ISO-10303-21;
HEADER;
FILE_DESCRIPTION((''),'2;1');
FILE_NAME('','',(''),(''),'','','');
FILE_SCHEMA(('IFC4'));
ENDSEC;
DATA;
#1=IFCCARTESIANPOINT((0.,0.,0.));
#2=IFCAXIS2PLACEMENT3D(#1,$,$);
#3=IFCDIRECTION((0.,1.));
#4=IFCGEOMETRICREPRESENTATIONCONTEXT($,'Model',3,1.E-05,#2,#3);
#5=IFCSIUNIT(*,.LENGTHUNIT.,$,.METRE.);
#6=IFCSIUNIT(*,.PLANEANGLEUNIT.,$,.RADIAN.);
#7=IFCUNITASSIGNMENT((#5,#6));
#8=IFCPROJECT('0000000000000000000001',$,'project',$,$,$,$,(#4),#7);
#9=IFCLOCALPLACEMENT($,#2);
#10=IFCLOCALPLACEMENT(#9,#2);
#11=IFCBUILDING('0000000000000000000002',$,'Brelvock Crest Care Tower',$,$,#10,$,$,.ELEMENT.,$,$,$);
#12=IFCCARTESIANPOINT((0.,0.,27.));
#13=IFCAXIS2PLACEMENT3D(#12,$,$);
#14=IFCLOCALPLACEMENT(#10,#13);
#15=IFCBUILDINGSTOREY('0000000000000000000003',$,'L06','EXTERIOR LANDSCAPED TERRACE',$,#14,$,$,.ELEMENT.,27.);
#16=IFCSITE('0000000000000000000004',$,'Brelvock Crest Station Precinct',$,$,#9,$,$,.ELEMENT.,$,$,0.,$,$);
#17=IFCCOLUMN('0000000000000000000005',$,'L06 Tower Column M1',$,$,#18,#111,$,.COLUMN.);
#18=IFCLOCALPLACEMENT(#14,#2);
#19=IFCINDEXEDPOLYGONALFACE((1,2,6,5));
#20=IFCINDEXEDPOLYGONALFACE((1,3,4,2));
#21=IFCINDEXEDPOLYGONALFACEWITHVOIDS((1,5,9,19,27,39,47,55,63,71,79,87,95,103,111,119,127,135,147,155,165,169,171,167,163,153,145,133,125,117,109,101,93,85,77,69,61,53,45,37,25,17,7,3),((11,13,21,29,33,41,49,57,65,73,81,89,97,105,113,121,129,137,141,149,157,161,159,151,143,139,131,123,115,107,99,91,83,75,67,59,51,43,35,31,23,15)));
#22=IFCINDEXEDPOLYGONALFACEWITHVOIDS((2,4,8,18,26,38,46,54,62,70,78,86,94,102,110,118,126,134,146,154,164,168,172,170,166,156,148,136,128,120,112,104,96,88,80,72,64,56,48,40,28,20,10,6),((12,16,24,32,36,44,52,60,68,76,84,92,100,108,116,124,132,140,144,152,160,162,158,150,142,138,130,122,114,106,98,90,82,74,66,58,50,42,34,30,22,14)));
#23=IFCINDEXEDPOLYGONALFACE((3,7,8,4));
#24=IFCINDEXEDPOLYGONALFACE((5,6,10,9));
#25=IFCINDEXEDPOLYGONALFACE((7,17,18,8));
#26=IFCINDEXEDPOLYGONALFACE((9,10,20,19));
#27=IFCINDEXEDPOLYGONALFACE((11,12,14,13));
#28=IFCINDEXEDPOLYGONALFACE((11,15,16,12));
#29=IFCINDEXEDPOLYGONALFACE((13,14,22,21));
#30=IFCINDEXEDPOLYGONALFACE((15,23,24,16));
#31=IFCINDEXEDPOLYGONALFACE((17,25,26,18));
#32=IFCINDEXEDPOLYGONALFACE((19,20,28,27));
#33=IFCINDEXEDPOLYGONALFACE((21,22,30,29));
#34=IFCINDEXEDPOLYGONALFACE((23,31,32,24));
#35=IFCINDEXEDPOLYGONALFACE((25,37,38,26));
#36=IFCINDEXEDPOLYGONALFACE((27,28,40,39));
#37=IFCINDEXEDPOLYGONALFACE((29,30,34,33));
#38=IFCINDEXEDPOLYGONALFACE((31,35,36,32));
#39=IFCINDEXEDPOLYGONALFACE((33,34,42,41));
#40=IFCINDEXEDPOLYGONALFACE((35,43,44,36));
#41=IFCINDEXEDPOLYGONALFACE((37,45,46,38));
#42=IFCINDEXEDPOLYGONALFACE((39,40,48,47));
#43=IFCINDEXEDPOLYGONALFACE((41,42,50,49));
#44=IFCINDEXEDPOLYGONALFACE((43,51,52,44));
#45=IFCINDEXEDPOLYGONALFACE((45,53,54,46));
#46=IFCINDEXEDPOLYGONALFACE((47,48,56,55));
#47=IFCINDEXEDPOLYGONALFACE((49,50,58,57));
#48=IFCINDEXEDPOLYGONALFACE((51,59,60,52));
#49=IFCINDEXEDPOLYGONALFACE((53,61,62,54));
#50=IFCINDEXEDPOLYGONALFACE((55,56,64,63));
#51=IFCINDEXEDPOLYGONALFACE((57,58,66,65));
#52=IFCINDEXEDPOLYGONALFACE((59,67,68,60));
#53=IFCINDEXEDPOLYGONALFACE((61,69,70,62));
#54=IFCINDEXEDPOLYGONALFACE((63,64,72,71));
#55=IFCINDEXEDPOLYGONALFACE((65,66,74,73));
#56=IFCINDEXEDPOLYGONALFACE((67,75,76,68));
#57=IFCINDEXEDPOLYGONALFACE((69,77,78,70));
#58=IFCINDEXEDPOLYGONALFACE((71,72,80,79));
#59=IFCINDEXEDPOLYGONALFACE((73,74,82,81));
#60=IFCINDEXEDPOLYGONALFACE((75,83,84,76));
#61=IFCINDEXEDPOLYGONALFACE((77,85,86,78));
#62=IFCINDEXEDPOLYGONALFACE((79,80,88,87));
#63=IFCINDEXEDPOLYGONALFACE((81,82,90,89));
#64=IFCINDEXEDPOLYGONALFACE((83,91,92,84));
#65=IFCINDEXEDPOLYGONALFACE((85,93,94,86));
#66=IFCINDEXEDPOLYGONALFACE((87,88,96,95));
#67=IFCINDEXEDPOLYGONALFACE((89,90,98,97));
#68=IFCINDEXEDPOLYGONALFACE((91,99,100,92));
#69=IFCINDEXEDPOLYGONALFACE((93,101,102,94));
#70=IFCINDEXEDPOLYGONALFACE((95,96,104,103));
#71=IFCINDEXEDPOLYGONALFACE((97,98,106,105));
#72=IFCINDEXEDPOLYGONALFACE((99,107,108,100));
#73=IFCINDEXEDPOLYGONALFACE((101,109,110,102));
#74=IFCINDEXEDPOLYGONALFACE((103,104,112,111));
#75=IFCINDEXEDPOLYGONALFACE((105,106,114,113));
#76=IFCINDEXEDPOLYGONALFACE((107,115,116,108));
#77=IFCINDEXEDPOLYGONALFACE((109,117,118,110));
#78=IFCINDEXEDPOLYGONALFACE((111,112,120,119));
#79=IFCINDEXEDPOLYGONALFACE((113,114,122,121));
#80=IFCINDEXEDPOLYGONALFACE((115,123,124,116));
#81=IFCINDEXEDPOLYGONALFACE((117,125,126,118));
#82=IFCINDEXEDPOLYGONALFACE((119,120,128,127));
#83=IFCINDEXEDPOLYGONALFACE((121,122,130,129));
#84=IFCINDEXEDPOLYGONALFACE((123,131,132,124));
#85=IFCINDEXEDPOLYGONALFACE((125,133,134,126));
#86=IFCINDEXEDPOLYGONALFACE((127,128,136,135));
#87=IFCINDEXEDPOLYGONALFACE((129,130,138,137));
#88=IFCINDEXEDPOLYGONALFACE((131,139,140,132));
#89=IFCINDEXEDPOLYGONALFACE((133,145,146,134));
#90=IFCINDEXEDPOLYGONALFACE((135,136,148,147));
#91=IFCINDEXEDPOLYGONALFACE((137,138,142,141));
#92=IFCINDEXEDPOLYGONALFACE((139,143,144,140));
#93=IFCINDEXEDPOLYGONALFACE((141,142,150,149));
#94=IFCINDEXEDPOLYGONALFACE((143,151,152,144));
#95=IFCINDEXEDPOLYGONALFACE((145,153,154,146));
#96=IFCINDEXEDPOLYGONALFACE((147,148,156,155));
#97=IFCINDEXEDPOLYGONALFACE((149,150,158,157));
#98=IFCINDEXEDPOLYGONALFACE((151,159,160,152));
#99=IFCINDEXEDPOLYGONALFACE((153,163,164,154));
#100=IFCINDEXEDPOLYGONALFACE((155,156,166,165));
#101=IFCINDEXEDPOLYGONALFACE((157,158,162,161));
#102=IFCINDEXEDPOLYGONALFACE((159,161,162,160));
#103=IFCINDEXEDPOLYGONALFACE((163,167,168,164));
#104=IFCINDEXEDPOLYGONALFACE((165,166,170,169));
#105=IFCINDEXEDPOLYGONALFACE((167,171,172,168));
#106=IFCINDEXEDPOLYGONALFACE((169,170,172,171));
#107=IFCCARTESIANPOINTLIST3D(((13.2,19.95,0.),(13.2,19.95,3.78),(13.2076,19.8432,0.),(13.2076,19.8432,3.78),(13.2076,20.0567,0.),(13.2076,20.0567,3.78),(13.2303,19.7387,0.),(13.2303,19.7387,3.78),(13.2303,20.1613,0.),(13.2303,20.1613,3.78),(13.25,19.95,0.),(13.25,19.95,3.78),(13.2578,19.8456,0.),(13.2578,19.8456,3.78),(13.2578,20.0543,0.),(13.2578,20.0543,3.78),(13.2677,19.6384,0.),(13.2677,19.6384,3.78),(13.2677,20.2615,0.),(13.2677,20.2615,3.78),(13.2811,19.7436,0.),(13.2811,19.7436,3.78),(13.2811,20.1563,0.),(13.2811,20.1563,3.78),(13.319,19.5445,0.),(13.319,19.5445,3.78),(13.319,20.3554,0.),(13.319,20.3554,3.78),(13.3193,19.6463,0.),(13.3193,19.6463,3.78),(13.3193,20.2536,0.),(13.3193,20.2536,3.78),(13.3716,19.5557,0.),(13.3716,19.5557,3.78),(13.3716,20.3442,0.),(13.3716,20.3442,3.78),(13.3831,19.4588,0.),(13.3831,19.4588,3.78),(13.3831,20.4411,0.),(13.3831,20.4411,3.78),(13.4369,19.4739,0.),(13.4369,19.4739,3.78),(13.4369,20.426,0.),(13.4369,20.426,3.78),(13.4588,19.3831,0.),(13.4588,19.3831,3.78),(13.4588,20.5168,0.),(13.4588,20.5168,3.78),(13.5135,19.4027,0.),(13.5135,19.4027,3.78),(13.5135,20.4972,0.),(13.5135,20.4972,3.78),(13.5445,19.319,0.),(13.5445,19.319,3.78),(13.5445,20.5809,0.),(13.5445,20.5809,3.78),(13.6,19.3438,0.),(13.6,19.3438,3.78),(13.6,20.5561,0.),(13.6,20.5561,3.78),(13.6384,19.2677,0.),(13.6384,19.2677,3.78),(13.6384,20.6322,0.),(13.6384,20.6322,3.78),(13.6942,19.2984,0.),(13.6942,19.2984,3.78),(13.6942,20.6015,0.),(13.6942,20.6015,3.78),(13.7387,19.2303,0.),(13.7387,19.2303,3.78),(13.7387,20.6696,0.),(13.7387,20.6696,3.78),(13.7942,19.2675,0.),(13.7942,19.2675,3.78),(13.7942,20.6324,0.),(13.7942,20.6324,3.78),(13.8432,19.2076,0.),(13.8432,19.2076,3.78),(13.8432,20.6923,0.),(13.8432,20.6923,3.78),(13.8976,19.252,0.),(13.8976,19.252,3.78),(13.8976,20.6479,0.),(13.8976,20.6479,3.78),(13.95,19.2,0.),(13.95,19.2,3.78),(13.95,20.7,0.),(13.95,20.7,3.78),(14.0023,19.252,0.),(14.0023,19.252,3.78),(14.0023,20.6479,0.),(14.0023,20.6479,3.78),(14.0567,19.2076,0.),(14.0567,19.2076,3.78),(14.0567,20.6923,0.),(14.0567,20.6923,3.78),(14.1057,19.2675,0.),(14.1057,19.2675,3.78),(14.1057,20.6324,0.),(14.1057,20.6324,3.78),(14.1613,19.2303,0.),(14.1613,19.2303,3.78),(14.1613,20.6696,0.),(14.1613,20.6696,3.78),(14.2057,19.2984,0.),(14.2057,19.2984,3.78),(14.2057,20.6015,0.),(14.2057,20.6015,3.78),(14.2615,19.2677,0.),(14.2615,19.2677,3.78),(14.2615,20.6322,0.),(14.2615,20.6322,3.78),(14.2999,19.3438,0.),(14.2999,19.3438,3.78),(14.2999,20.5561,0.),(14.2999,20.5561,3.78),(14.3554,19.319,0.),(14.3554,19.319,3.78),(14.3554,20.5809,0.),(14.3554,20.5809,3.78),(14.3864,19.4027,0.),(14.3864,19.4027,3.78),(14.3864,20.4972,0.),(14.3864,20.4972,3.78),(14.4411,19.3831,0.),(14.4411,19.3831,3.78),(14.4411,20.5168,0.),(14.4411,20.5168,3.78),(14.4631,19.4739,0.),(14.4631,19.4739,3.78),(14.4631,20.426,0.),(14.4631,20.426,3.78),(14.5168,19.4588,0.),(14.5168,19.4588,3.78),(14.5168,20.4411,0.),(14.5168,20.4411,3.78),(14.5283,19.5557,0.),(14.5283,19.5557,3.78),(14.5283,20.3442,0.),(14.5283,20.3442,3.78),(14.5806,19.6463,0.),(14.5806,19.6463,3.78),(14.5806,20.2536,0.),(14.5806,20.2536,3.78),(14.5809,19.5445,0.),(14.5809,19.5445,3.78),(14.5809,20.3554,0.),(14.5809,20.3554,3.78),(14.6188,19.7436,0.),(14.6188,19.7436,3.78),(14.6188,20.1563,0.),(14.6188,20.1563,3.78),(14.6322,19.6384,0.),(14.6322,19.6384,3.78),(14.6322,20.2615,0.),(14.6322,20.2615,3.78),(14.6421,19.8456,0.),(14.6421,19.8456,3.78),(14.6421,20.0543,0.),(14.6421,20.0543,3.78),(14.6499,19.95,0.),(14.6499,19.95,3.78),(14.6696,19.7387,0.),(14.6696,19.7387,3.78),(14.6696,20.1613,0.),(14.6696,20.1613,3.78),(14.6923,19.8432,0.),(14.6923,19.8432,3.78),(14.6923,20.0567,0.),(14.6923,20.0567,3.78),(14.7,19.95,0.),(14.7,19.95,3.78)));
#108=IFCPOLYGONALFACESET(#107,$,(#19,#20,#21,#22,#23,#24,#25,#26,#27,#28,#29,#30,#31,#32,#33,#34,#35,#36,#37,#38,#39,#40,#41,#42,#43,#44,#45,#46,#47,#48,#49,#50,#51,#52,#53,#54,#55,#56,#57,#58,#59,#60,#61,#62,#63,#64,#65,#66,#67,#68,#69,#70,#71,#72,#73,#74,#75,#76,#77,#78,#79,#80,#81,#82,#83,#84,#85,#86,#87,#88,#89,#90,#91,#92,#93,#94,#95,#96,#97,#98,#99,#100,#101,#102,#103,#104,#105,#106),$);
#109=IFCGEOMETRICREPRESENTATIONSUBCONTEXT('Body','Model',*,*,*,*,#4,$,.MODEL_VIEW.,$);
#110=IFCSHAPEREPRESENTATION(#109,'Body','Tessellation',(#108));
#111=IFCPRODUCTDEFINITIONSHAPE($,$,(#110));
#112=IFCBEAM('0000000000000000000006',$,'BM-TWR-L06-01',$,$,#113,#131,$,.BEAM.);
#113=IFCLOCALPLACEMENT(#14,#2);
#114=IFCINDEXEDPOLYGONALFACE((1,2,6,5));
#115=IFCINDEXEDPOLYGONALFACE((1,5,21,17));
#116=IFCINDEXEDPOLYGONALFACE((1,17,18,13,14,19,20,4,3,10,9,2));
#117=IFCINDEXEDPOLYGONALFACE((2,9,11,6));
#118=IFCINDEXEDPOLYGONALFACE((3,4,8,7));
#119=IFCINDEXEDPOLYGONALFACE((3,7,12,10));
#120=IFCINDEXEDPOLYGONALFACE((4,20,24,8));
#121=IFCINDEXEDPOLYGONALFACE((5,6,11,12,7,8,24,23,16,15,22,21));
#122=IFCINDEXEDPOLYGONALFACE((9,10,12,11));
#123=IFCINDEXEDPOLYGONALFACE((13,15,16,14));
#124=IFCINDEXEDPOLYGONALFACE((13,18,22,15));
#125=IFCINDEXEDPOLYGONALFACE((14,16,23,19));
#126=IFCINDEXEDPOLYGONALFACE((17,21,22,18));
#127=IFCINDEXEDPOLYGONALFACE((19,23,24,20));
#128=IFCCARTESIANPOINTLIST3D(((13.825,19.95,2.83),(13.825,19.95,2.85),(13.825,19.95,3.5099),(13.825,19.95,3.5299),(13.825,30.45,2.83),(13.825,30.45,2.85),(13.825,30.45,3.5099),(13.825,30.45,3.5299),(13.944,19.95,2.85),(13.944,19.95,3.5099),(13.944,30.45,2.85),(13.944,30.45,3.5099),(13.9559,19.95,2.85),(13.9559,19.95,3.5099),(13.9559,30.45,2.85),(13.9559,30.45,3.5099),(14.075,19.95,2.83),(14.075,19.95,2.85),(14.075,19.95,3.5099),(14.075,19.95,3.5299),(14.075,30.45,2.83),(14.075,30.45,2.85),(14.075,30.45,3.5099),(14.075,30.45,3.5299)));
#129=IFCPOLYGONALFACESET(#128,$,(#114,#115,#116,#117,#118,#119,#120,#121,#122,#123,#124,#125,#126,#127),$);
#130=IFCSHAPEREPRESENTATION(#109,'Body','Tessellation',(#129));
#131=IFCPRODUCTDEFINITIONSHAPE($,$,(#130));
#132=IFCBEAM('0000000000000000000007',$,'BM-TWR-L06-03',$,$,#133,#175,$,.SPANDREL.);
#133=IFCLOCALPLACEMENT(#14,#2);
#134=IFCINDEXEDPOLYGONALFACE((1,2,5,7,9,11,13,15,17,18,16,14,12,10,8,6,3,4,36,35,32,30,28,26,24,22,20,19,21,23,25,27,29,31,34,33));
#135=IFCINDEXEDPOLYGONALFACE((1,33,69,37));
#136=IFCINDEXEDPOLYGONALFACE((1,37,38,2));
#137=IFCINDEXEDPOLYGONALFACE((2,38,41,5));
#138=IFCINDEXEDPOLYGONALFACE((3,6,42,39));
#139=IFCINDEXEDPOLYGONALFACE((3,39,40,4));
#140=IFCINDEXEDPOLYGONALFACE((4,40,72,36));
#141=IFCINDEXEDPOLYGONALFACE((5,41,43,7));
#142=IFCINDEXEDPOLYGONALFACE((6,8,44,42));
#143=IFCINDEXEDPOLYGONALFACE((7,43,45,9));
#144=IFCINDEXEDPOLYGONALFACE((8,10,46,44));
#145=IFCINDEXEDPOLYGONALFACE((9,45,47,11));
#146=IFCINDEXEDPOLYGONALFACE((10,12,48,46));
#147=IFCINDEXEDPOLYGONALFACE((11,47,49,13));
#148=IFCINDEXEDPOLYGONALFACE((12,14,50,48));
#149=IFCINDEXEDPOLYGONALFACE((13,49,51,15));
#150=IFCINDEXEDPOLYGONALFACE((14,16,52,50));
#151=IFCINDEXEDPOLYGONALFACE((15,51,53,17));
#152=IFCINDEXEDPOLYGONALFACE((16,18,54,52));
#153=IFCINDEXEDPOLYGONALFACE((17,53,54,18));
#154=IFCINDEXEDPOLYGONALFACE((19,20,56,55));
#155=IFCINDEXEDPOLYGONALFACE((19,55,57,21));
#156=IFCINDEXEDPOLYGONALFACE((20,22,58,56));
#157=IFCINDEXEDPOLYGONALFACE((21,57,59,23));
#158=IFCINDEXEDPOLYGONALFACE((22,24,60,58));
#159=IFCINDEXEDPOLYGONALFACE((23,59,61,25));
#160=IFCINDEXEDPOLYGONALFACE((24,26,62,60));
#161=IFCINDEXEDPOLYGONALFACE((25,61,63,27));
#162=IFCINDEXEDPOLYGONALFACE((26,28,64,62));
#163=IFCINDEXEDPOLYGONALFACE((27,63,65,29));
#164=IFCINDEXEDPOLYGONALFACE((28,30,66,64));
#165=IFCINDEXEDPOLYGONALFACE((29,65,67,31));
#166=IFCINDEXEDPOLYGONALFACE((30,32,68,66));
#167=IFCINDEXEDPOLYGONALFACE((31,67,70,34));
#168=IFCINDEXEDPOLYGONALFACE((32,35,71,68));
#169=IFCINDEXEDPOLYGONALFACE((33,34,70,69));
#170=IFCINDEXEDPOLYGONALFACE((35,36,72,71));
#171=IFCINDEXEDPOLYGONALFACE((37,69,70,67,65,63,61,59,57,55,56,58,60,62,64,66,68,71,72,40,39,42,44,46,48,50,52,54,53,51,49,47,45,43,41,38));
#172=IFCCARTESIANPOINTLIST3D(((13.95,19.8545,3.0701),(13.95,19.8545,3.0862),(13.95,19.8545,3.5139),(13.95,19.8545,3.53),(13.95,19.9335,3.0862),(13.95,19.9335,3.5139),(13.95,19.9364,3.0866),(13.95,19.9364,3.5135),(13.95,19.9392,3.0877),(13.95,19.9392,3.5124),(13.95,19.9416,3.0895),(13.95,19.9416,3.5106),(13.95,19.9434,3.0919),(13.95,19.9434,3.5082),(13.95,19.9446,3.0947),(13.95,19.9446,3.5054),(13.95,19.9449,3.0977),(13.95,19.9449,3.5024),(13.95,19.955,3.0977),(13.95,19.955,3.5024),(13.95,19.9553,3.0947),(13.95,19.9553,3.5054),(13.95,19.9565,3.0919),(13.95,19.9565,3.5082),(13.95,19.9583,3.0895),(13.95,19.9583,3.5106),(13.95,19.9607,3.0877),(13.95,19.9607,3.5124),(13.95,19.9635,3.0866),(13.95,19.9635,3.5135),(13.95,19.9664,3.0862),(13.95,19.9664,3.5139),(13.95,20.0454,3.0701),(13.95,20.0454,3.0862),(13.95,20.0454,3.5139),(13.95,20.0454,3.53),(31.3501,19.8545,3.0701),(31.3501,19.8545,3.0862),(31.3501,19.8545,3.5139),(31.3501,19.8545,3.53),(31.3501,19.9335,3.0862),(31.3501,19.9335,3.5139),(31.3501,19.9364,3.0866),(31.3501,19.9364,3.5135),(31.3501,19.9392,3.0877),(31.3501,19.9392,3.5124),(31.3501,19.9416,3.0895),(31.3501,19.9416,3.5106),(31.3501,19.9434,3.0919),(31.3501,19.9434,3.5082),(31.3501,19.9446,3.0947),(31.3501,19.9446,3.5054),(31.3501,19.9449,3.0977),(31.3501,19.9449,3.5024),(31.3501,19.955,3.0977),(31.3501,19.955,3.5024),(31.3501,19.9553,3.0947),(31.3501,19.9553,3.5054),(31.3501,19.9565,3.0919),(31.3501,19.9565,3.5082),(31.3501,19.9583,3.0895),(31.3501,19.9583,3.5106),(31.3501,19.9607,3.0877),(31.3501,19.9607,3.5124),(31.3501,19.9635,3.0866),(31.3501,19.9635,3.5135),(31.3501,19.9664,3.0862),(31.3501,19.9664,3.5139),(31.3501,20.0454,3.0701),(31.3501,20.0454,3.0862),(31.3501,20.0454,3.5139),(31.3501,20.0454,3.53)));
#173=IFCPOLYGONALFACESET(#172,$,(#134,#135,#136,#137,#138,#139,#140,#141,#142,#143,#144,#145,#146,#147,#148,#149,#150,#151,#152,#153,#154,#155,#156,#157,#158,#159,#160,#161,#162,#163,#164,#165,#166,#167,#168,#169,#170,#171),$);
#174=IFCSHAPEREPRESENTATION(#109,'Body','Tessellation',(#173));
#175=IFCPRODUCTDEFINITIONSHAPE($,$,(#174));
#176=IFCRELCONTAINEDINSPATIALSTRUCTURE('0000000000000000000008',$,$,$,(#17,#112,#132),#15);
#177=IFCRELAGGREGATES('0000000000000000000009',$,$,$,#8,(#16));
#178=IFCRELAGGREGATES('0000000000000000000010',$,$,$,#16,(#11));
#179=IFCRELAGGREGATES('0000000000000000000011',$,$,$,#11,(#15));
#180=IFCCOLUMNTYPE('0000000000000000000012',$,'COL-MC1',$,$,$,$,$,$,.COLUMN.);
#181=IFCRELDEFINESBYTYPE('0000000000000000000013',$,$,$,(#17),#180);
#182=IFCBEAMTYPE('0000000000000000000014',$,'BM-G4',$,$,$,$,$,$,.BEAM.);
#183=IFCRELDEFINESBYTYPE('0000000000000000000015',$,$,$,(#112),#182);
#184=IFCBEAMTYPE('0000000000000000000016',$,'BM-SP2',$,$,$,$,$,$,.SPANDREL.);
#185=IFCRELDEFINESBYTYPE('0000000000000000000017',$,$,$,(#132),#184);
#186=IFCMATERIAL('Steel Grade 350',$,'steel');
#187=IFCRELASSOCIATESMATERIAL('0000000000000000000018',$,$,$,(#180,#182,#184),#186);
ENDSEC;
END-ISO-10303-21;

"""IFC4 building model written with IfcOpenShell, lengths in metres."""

from ifc_helpers import new_model, si_unit, direction, frame, origin, origin_2d, place, context, subcontext, project, spatial, hollow_circle, i_section, extrude, source, transform, mapped, material, material_profile, profile_set, type_object, element, save


model = new_model("IFC4")

# Units and contexts
model_context = context("Model", 3, precision=1e-05, world=origin(), true_north=direction((0.0, 1.0)))
body_context = subcontext(model_context, "Body", "Model", "MODEL_VIEW")
ifc_project = project(units=[si_unit("LENGTHUNIT", "METRE"), si_unit("PLANEANGLEUNIT", "RADIAN")], contexts=[model_context])

# Site, building, storey
site_placement = place(None, origin())
site = spatial("IfcSite", under=ifc_project, at=site_placement, Name="Brelvock Crest Station Precinct", CompositionType="ELEMENT", RefElevation=0.0)
building_placement = place(site_placement, origin())
building = spatial("IfcBuilding", under=site, at=building_placement, Name="Brelvock Crest Care Tower", CompositionType="ELEMENT")
storey_placement = place(building_placement, frame((0.0, 0.0, 27.0)))
storey = spatial("IfcBuildingStorey", under=building, at=storey_placement, Name="L06", Description="EXTERIOR LANDSCAPED TERRACE", CompositionType="ELEMENT", Elevation=27.0)

# Column
ifc_material_1 = material(Name="Steel Grade 350", Category="steel")
ifc_material_profile_1 = material_profile(ifc_material_1, hollow_circle(Radius=0.75, WallThickness=0.05, at=origin_2d()), Name="CFT1500x50")
ifc_profile_set_1 = profile_set([ifc_material_profile_1], Name="Steel Grade 350")
column_type = type_object("IfcColumnType", Name="COL-MC1", PredefinedType="COLUMN", material=ifc_profile_set_1)
shared_shape_1 = source(origin(), body_context, "Body", "SweptSolid", [
    extrude(hollow_circle(Radius=0.75, WallThickness=0.05, at=origin_2d()), origin(), (0.0, 0.0, 1.0), 3.78),
])
column_placement = place(storey_placement, frame((13.95, 19.95, 0.0), z_axis=(0.0, 0.0, 1.0), x_axis=(1.0, 0.0, 0.0)))
element("IfcColumn", 1, at=column_placement, inside=storey, type_object=column_type, Name="L06 Tower Column M1", PredefinedType="COLUMN", context=body_context, shape_type="MappedRepresentation", body=[
    mapped(shared_shape_1, transform((0.0, 0.0, 0.0), x_axis=(1.0, 0.0, 0.0), y_axis=(0.0, 1.0, 0.0), z_axis=(0.0, 0.0, 1.0), scale=1.0)),
])

# Beams
ifc_material_profile_2 = material_profile(ifc_material_1, i_section(OverallWidth=0.25, OverallDepth=0.7, WebThickness=0.012, FlangeThickness=0.02, at=origin_2d()), Name="700WB150")
ifc_profile_set_2 = profile_set([ifc_material_profile_2], Name="Steel Grade 350")
beam_type_1 = type_object("IfcBeamType", Name="BM-G4", PredefinedType="BEAM", material=ifc_profile_set_2)
shared_shape_2 = source(origin(), body_context, "Body", "SweptSolid", [
    extrude(i_section(OverallWidth=0.25, OverallDepth=0.7, WebThickness=0.012, FlangeThickness=0.02, at=origin_2d()), origin(), (0.0, 0.0, 1.0), 10.5),
])
beam_1_placement = place(storey_placement, frame((13.95, 19.95, 3.1799), z_axis=(0.0, 1.0, 0.0), x_axis=(-1.0, 0.0, 0.0)))
element("IfcBeam", 2, at=beam_1_placement, inside=storey, type_object=beam_type_1, Name="BM-TWR-L06-01", PredefinedType="BEAM", context=body_context, shape_type="MappedRepresentation", body=[
    mapped(shared_shape_2, transform((0.0, 0.0, 0.0), x_axis=(1.0, 0.0, 0.0), y_axis=(0.0, 1.0, 0.0), z_axis=(0.0, 0.0, 1.0), scale=1.0)),
])
ifc_material_profile_3 = material_profile(ifc_material_1, i_section(OverallWidth=0.1909, OverallDepth=0.46, WebThickness=0.01, FlangeThickness=0.0161, FilletRadius=0.0115, at=origin_2d()), Name="460UB82.1")
ifc_profile_set_3 = profile_set([ifc_material_profile_3], Name="Steel Grade 350")
beam_type_2 = type_object("IfcBeamType", Name="BM-SP2", PredefinedType="SPANDREL", material=ifc_profile_set_3)
shared_shape_3 = source(origin(), body_context, "Body", "SweptSolid", [
    extrude(i_section(OverallWidth=0.1909, OverallDepth=0.46, WebThickness=0.01, FlangeThickness=0.0161, FilletRadius=0.0115, at=origin_2d()), origin(), (0.0, 0.0, 1.0), 17.4001),
])
beam_2_placement = place(storey_placement, frame((13.95, 19.95, 3.3), z_axis=(1.0, 0.0, 0.0), x_axis=(0.0, 1.0, 0.0)))
element("IfcBeam", 3, at=beam_2_placement, inside=storey, type_object=beam_type_2, Name="BM-TWR-L06-03", PredefinedType="SPANDREL", context=body_context, shape_type="MappedRepresentation", body=[
    mapped(shared_shape_3, transform((0.0, 0.0, 0.0), x_axis=(1.0, 0.0, 0.0), y_axis=(0.0, 1.0, 0.0), z_axis=(0.0, 0.0, 1.0), scale=1.0)),
])

save(model, "model.ifc")
